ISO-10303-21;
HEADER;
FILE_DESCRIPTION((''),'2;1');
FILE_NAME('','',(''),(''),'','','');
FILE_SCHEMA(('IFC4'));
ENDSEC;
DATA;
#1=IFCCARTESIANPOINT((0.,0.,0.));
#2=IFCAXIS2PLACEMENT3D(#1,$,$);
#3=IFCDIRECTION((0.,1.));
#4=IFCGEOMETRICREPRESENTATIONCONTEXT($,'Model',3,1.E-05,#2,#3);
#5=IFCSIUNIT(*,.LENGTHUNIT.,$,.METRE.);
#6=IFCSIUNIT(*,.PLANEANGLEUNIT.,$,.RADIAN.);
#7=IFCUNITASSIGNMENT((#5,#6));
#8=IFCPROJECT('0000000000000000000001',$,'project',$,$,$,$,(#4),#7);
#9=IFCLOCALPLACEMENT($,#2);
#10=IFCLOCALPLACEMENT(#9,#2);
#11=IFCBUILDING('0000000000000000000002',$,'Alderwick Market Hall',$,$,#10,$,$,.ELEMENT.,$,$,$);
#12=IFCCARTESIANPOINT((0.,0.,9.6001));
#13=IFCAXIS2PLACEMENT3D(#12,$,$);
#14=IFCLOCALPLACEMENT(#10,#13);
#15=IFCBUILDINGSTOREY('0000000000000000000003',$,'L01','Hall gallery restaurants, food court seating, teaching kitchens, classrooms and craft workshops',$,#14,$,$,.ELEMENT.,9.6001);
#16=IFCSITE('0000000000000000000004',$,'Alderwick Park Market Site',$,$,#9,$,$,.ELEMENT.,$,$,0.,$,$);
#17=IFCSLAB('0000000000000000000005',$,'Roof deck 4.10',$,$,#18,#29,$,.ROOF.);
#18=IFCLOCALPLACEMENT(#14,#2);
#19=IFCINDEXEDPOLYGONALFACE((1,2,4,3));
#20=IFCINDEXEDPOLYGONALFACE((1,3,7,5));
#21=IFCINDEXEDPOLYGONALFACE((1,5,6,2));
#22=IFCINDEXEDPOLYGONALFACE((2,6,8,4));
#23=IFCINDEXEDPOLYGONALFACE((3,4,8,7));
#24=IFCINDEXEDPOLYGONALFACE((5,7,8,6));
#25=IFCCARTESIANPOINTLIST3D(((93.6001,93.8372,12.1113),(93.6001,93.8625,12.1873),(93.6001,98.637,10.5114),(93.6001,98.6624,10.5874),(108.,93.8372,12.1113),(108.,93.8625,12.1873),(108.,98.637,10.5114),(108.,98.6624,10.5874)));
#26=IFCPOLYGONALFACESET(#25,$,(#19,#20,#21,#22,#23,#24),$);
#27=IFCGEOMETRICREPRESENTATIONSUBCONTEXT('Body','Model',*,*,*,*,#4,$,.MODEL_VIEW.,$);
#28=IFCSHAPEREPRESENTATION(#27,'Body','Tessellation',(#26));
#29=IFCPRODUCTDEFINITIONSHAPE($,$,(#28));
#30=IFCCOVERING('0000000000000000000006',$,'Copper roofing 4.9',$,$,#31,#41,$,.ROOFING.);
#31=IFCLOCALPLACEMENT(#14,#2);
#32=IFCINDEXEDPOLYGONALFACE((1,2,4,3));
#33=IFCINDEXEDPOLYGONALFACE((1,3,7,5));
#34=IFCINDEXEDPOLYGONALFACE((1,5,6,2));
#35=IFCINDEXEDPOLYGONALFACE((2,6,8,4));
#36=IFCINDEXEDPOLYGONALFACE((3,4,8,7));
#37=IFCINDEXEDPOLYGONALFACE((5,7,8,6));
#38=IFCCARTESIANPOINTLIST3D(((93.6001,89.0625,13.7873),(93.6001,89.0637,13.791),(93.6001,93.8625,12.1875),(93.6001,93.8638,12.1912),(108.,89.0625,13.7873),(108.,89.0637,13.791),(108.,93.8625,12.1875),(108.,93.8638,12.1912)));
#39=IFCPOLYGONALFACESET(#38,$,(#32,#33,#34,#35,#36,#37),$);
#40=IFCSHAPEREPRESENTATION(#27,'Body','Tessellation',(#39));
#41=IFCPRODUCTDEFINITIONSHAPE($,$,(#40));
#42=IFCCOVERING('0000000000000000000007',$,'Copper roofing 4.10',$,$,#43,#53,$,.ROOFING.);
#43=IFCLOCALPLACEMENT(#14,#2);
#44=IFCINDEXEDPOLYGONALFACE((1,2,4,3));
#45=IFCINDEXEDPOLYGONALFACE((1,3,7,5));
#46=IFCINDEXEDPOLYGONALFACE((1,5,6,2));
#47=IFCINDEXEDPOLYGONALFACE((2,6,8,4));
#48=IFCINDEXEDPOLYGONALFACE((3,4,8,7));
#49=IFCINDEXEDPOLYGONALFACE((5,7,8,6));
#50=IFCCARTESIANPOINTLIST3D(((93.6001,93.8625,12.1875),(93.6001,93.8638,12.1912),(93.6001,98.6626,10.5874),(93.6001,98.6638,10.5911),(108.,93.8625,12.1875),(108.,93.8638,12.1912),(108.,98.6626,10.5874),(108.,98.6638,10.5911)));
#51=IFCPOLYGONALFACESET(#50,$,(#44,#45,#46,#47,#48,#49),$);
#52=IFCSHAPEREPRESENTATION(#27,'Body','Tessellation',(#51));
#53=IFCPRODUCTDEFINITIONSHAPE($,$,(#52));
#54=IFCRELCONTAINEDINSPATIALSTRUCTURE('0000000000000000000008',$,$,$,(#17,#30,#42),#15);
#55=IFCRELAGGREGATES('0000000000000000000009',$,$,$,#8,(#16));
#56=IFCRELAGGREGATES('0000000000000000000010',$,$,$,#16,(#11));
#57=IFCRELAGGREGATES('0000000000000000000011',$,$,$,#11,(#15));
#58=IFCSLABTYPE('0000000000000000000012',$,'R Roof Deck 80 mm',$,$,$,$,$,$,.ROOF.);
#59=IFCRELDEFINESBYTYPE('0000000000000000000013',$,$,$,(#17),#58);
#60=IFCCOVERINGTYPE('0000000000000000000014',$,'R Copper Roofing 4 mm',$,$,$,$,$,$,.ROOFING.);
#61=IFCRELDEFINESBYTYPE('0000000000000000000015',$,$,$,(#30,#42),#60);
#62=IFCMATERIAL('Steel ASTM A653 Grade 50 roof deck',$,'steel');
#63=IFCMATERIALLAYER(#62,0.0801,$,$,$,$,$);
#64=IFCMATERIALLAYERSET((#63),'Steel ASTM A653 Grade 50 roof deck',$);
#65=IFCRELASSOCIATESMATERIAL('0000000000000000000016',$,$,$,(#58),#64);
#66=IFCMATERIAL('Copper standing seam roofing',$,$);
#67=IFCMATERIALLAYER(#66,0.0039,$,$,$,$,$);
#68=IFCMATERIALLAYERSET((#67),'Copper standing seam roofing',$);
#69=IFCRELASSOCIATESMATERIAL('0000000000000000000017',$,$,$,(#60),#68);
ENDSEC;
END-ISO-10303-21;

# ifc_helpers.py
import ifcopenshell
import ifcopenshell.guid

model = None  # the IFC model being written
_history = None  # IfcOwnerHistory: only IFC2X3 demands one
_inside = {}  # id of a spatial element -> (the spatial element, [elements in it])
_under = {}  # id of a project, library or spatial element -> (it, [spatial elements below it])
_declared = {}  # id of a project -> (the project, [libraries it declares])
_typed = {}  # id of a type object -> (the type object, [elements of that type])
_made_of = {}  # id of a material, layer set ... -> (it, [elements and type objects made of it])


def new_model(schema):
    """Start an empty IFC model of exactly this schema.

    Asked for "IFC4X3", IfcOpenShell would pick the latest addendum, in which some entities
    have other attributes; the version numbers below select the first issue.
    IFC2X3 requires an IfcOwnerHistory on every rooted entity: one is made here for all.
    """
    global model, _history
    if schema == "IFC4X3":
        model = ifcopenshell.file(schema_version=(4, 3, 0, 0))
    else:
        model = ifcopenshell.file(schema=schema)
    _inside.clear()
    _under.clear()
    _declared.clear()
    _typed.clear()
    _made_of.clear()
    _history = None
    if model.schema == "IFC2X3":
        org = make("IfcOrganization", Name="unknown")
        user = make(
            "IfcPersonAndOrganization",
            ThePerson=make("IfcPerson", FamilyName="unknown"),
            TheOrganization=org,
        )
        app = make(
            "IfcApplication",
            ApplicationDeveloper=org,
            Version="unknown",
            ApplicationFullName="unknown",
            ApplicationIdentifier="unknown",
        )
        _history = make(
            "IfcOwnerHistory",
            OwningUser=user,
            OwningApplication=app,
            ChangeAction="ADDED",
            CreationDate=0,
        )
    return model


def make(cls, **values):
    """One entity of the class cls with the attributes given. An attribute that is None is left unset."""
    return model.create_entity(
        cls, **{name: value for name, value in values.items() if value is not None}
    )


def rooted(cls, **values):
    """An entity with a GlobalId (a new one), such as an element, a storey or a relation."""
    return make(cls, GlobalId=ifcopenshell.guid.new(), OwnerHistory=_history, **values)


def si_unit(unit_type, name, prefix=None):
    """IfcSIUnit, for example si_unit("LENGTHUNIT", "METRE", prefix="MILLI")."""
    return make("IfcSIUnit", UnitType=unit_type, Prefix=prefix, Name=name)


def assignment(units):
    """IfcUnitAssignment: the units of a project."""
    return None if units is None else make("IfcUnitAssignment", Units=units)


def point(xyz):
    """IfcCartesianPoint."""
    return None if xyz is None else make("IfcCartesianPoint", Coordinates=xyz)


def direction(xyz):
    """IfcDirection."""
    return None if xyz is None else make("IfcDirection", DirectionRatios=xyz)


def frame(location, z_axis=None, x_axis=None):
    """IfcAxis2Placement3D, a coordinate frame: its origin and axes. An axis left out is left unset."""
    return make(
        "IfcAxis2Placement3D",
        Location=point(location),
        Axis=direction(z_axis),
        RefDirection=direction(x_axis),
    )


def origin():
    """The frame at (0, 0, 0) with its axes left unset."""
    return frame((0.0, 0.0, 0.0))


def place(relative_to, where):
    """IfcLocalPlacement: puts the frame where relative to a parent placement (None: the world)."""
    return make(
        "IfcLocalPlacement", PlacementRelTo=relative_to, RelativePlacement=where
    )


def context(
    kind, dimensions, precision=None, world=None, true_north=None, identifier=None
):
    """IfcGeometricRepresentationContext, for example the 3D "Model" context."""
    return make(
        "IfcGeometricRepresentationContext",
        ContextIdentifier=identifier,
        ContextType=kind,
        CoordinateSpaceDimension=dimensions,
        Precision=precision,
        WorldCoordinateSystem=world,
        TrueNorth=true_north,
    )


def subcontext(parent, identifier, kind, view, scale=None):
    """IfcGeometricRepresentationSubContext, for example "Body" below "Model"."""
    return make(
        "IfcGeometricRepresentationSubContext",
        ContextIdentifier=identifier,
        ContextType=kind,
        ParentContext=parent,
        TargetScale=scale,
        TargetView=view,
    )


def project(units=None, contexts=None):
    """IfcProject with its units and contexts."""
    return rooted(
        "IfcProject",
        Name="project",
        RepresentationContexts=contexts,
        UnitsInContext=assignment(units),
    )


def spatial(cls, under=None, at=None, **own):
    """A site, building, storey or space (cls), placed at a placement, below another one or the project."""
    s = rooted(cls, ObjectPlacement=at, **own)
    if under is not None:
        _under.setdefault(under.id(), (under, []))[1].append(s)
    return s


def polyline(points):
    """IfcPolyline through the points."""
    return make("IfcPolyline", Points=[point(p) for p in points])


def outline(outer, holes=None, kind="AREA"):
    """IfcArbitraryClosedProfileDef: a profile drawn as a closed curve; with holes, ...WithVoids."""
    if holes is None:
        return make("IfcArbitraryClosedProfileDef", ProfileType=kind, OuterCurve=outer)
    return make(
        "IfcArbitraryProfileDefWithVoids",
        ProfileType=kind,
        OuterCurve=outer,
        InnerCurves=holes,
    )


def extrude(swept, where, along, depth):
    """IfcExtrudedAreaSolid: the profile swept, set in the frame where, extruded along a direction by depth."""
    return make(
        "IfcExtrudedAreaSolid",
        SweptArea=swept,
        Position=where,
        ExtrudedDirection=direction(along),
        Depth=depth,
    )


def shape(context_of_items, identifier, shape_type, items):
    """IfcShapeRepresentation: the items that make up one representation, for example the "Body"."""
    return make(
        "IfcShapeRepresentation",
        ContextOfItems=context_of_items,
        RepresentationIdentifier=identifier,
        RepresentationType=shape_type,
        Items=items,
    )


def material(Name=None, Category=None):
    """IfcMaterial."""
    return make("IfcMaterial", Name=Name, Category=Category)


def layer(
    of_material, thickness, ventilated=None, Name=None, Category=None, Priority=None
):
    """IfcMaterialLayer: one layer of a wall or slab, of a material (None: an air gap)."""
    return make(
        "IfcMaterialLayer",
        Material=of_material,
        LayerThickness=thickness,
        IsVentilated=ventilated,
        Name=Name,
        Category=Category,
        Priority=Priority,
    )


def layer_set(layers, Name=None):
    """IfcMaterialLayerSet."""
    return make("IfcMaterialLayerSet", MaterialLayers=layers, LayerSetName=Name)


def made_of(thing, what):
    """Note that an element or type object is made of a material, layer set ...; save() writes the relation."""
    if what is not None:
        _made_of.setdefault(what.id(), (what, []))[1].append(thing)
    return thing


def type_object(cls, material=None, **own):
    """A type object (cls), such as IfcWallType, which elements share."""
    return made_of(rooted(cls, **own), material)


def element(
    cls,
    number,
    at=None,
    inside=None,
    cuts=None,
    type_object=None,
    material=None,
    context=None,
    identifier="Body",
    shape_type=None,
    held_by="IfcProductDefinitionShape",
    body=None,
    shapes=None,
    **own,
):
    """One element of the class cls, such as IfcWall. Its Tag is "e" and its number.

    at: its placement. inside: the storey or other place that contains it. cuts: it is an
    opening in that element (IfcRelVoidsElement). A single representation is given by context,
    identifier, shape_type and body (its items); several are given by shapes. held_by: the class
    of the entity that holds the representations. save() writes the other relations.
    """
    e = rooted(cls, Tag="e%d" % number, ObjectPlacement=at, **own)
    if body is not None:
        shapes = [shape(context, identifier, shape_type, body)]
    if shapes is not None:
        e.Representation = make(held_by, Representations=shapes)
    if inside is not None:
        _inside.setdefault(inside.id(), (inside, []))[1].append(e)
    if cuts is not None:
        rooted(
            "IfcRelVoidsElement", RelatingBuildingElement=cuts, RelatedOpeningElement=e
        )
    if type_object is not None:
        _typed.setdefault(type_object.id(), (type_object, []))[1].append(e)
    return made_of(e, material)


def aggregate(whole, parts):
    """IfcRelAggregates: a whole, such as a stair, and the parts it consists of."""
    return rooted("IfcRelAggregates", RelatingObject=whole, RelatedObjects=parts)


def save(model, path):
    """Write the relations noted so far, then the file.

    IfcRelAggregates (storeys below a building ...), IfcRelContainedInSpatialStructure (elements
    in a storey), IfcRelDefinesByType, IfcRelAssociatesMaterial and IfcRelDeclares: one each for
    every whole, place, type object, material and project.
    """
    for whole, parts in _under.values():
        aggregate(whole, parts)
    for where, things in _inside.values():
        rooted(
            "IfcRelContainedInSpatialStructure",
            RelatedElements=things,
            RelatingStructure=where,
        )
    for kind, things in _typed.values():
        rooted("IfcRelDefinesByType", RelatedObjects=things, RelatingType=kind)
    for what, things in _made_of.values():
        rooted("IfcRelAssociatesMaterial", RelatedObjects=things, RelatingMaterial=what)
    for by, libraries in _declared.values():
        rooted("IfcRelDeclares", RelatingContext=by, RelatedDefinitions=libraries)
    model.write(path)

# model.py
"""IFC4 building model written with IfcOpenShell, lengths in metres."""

from ifc_helpers import new_model, si_unit, direction, frame, origin, place, context, subcontext, project, spatial, polyline, outline, extrude, material, layer, layer_set, type_object, element, save


model = new_model("IFC4")

# Units and contexts
model_context = context("Model", 3, precision=1e-05, world=origin(), true_north=direction((0.0, 1.0)))
body_context = subcontext(model_context, "Body", "Model", "MODEL_VIEW")
ifc_project = project(units=[si_unit("LENGTHUNIT", "METRE"), si_unit("PLANEANGLEUNIT", "RADIAN")], contexts=[model_context])

# Site, building, storey
site_placement = place(None, origin())
site = spatial("IfcSite", under=ifc_project, at=site_placement, Name="Alderwick Park Market Site", CompositionType="ELEMENT", RefElevation=0.0)
building_placement = place(site_placement, origin())
building = spatial("IfcBuilding", under=site, at=building_placement, Name="Alderwick Market Hall", CompositionType="ELEMENT")
storey_placement = place(building_placement, frame((0.0, 0.0, 9.6001)))
storey = spatial("IfcBuildingStorey", under=building, at=storey_placement, Name="L01", Description="Hall gallery restaurants, food court seating, teaching kitchens, classrooms and craft workshops", CompositionType="ELEMENT", Elevation=9.6001)

# Slab
ifc_material_1 = material(Name="Steel ASTM A653 Grade 50 roof deck", Category="steel")
ifc_layer_1 = layer(ifc_material_1, 0.0801)
ifc_layer_set_1 = layer_set([ifc_layer_1], Name="Steel ASTM A653 Grade 50 roof deck")
slab_type = type_object("IfcSlabType", Name="R Roof Deck 80 mm", PredefinedType="ROOF", material=ifc_layer_set_1)
slab_1_placement = place(storey_placement, frame((93.6001, 93.8625, 12.1873), z_axis=(0.0, 0.316213, 0.948688), x_axis=(1.0, 0.0, 0.0)))
element("IfcSlab", 1, at=slab_1_placement, inside=storey, type_object=slab_type, Name="Roof deck 4.10", PredefinedType="ROOF", context=body_context, shape_type="SweptSolid", body=[
    extrude(outline(polyline([(0.0, 0.0), (14.3999, 0.0), (14.3999, 5.0594), (0.0, 5.0594), (0.0, 0.0)])), origin(), (0.0, 0.0, -1.0), 0.0801),
])

# Coverings
ifc_material_2 = material(Name="Copper standing seam roofing")
ifc_layer_2 = layer(ifc_material_2, 0.0039)
ifc_layer_set_2 = layer_set([ifc_layer_2], Name="Copper standing seam roofing")
covering_type = type_object("IfcCoveringType", Name="R Copper Roofing 4 mm", PredefinedType="ROOFING", material=ifc_layer_set_2)
covering_1_placement = place(storey_placement, frame((93.6001, 89.0637, 13.791), z_axis=(0.0, 0.316199, 0.948693), x_axis=(1.0, 0.0, 0.0)))
element("IfcCovering", 2, at=covering_1_placement, inside=storey, type_object=covering_type, Name="Copper roofing 4.9", PredefinedType="ROOFING", context=body_context, shape_type="SweptSolid", body=[
    extrude(outline(polyline([(0.0, 0.0), (14.3999, 0.0), (14.3999, 5.0596), (0.0, 5.0596), (0.0, 0.0)])), origin(), (0.0, 0.0, -1.0), 0.0039),
])
covering_2_placement = place(storey_placement, frame((93.6001, 93.8638, 12.1912), z_axis=(0.0, 0.316242, 0.948678), x_axis=(1.0, 0.0, 0.0)))
element("IfcCovering", 3, at=covering_2_placement, inside=storey, type_object=covering_type, Name="Copper roofing 4.10", PredefinedType="ROOFING", context=body_context, shape_type="SweptSolid", body=[
    extrude(outline(polyline([(0.0, 0.0), (14.3999, 0.0), (14.3999, 5.0597), (0.0, 5.0597), (0.0, 0.0)])), origin(), (0.0, 0.0, -1.0), 0.0039),
])

save(model, "model.ifc")
